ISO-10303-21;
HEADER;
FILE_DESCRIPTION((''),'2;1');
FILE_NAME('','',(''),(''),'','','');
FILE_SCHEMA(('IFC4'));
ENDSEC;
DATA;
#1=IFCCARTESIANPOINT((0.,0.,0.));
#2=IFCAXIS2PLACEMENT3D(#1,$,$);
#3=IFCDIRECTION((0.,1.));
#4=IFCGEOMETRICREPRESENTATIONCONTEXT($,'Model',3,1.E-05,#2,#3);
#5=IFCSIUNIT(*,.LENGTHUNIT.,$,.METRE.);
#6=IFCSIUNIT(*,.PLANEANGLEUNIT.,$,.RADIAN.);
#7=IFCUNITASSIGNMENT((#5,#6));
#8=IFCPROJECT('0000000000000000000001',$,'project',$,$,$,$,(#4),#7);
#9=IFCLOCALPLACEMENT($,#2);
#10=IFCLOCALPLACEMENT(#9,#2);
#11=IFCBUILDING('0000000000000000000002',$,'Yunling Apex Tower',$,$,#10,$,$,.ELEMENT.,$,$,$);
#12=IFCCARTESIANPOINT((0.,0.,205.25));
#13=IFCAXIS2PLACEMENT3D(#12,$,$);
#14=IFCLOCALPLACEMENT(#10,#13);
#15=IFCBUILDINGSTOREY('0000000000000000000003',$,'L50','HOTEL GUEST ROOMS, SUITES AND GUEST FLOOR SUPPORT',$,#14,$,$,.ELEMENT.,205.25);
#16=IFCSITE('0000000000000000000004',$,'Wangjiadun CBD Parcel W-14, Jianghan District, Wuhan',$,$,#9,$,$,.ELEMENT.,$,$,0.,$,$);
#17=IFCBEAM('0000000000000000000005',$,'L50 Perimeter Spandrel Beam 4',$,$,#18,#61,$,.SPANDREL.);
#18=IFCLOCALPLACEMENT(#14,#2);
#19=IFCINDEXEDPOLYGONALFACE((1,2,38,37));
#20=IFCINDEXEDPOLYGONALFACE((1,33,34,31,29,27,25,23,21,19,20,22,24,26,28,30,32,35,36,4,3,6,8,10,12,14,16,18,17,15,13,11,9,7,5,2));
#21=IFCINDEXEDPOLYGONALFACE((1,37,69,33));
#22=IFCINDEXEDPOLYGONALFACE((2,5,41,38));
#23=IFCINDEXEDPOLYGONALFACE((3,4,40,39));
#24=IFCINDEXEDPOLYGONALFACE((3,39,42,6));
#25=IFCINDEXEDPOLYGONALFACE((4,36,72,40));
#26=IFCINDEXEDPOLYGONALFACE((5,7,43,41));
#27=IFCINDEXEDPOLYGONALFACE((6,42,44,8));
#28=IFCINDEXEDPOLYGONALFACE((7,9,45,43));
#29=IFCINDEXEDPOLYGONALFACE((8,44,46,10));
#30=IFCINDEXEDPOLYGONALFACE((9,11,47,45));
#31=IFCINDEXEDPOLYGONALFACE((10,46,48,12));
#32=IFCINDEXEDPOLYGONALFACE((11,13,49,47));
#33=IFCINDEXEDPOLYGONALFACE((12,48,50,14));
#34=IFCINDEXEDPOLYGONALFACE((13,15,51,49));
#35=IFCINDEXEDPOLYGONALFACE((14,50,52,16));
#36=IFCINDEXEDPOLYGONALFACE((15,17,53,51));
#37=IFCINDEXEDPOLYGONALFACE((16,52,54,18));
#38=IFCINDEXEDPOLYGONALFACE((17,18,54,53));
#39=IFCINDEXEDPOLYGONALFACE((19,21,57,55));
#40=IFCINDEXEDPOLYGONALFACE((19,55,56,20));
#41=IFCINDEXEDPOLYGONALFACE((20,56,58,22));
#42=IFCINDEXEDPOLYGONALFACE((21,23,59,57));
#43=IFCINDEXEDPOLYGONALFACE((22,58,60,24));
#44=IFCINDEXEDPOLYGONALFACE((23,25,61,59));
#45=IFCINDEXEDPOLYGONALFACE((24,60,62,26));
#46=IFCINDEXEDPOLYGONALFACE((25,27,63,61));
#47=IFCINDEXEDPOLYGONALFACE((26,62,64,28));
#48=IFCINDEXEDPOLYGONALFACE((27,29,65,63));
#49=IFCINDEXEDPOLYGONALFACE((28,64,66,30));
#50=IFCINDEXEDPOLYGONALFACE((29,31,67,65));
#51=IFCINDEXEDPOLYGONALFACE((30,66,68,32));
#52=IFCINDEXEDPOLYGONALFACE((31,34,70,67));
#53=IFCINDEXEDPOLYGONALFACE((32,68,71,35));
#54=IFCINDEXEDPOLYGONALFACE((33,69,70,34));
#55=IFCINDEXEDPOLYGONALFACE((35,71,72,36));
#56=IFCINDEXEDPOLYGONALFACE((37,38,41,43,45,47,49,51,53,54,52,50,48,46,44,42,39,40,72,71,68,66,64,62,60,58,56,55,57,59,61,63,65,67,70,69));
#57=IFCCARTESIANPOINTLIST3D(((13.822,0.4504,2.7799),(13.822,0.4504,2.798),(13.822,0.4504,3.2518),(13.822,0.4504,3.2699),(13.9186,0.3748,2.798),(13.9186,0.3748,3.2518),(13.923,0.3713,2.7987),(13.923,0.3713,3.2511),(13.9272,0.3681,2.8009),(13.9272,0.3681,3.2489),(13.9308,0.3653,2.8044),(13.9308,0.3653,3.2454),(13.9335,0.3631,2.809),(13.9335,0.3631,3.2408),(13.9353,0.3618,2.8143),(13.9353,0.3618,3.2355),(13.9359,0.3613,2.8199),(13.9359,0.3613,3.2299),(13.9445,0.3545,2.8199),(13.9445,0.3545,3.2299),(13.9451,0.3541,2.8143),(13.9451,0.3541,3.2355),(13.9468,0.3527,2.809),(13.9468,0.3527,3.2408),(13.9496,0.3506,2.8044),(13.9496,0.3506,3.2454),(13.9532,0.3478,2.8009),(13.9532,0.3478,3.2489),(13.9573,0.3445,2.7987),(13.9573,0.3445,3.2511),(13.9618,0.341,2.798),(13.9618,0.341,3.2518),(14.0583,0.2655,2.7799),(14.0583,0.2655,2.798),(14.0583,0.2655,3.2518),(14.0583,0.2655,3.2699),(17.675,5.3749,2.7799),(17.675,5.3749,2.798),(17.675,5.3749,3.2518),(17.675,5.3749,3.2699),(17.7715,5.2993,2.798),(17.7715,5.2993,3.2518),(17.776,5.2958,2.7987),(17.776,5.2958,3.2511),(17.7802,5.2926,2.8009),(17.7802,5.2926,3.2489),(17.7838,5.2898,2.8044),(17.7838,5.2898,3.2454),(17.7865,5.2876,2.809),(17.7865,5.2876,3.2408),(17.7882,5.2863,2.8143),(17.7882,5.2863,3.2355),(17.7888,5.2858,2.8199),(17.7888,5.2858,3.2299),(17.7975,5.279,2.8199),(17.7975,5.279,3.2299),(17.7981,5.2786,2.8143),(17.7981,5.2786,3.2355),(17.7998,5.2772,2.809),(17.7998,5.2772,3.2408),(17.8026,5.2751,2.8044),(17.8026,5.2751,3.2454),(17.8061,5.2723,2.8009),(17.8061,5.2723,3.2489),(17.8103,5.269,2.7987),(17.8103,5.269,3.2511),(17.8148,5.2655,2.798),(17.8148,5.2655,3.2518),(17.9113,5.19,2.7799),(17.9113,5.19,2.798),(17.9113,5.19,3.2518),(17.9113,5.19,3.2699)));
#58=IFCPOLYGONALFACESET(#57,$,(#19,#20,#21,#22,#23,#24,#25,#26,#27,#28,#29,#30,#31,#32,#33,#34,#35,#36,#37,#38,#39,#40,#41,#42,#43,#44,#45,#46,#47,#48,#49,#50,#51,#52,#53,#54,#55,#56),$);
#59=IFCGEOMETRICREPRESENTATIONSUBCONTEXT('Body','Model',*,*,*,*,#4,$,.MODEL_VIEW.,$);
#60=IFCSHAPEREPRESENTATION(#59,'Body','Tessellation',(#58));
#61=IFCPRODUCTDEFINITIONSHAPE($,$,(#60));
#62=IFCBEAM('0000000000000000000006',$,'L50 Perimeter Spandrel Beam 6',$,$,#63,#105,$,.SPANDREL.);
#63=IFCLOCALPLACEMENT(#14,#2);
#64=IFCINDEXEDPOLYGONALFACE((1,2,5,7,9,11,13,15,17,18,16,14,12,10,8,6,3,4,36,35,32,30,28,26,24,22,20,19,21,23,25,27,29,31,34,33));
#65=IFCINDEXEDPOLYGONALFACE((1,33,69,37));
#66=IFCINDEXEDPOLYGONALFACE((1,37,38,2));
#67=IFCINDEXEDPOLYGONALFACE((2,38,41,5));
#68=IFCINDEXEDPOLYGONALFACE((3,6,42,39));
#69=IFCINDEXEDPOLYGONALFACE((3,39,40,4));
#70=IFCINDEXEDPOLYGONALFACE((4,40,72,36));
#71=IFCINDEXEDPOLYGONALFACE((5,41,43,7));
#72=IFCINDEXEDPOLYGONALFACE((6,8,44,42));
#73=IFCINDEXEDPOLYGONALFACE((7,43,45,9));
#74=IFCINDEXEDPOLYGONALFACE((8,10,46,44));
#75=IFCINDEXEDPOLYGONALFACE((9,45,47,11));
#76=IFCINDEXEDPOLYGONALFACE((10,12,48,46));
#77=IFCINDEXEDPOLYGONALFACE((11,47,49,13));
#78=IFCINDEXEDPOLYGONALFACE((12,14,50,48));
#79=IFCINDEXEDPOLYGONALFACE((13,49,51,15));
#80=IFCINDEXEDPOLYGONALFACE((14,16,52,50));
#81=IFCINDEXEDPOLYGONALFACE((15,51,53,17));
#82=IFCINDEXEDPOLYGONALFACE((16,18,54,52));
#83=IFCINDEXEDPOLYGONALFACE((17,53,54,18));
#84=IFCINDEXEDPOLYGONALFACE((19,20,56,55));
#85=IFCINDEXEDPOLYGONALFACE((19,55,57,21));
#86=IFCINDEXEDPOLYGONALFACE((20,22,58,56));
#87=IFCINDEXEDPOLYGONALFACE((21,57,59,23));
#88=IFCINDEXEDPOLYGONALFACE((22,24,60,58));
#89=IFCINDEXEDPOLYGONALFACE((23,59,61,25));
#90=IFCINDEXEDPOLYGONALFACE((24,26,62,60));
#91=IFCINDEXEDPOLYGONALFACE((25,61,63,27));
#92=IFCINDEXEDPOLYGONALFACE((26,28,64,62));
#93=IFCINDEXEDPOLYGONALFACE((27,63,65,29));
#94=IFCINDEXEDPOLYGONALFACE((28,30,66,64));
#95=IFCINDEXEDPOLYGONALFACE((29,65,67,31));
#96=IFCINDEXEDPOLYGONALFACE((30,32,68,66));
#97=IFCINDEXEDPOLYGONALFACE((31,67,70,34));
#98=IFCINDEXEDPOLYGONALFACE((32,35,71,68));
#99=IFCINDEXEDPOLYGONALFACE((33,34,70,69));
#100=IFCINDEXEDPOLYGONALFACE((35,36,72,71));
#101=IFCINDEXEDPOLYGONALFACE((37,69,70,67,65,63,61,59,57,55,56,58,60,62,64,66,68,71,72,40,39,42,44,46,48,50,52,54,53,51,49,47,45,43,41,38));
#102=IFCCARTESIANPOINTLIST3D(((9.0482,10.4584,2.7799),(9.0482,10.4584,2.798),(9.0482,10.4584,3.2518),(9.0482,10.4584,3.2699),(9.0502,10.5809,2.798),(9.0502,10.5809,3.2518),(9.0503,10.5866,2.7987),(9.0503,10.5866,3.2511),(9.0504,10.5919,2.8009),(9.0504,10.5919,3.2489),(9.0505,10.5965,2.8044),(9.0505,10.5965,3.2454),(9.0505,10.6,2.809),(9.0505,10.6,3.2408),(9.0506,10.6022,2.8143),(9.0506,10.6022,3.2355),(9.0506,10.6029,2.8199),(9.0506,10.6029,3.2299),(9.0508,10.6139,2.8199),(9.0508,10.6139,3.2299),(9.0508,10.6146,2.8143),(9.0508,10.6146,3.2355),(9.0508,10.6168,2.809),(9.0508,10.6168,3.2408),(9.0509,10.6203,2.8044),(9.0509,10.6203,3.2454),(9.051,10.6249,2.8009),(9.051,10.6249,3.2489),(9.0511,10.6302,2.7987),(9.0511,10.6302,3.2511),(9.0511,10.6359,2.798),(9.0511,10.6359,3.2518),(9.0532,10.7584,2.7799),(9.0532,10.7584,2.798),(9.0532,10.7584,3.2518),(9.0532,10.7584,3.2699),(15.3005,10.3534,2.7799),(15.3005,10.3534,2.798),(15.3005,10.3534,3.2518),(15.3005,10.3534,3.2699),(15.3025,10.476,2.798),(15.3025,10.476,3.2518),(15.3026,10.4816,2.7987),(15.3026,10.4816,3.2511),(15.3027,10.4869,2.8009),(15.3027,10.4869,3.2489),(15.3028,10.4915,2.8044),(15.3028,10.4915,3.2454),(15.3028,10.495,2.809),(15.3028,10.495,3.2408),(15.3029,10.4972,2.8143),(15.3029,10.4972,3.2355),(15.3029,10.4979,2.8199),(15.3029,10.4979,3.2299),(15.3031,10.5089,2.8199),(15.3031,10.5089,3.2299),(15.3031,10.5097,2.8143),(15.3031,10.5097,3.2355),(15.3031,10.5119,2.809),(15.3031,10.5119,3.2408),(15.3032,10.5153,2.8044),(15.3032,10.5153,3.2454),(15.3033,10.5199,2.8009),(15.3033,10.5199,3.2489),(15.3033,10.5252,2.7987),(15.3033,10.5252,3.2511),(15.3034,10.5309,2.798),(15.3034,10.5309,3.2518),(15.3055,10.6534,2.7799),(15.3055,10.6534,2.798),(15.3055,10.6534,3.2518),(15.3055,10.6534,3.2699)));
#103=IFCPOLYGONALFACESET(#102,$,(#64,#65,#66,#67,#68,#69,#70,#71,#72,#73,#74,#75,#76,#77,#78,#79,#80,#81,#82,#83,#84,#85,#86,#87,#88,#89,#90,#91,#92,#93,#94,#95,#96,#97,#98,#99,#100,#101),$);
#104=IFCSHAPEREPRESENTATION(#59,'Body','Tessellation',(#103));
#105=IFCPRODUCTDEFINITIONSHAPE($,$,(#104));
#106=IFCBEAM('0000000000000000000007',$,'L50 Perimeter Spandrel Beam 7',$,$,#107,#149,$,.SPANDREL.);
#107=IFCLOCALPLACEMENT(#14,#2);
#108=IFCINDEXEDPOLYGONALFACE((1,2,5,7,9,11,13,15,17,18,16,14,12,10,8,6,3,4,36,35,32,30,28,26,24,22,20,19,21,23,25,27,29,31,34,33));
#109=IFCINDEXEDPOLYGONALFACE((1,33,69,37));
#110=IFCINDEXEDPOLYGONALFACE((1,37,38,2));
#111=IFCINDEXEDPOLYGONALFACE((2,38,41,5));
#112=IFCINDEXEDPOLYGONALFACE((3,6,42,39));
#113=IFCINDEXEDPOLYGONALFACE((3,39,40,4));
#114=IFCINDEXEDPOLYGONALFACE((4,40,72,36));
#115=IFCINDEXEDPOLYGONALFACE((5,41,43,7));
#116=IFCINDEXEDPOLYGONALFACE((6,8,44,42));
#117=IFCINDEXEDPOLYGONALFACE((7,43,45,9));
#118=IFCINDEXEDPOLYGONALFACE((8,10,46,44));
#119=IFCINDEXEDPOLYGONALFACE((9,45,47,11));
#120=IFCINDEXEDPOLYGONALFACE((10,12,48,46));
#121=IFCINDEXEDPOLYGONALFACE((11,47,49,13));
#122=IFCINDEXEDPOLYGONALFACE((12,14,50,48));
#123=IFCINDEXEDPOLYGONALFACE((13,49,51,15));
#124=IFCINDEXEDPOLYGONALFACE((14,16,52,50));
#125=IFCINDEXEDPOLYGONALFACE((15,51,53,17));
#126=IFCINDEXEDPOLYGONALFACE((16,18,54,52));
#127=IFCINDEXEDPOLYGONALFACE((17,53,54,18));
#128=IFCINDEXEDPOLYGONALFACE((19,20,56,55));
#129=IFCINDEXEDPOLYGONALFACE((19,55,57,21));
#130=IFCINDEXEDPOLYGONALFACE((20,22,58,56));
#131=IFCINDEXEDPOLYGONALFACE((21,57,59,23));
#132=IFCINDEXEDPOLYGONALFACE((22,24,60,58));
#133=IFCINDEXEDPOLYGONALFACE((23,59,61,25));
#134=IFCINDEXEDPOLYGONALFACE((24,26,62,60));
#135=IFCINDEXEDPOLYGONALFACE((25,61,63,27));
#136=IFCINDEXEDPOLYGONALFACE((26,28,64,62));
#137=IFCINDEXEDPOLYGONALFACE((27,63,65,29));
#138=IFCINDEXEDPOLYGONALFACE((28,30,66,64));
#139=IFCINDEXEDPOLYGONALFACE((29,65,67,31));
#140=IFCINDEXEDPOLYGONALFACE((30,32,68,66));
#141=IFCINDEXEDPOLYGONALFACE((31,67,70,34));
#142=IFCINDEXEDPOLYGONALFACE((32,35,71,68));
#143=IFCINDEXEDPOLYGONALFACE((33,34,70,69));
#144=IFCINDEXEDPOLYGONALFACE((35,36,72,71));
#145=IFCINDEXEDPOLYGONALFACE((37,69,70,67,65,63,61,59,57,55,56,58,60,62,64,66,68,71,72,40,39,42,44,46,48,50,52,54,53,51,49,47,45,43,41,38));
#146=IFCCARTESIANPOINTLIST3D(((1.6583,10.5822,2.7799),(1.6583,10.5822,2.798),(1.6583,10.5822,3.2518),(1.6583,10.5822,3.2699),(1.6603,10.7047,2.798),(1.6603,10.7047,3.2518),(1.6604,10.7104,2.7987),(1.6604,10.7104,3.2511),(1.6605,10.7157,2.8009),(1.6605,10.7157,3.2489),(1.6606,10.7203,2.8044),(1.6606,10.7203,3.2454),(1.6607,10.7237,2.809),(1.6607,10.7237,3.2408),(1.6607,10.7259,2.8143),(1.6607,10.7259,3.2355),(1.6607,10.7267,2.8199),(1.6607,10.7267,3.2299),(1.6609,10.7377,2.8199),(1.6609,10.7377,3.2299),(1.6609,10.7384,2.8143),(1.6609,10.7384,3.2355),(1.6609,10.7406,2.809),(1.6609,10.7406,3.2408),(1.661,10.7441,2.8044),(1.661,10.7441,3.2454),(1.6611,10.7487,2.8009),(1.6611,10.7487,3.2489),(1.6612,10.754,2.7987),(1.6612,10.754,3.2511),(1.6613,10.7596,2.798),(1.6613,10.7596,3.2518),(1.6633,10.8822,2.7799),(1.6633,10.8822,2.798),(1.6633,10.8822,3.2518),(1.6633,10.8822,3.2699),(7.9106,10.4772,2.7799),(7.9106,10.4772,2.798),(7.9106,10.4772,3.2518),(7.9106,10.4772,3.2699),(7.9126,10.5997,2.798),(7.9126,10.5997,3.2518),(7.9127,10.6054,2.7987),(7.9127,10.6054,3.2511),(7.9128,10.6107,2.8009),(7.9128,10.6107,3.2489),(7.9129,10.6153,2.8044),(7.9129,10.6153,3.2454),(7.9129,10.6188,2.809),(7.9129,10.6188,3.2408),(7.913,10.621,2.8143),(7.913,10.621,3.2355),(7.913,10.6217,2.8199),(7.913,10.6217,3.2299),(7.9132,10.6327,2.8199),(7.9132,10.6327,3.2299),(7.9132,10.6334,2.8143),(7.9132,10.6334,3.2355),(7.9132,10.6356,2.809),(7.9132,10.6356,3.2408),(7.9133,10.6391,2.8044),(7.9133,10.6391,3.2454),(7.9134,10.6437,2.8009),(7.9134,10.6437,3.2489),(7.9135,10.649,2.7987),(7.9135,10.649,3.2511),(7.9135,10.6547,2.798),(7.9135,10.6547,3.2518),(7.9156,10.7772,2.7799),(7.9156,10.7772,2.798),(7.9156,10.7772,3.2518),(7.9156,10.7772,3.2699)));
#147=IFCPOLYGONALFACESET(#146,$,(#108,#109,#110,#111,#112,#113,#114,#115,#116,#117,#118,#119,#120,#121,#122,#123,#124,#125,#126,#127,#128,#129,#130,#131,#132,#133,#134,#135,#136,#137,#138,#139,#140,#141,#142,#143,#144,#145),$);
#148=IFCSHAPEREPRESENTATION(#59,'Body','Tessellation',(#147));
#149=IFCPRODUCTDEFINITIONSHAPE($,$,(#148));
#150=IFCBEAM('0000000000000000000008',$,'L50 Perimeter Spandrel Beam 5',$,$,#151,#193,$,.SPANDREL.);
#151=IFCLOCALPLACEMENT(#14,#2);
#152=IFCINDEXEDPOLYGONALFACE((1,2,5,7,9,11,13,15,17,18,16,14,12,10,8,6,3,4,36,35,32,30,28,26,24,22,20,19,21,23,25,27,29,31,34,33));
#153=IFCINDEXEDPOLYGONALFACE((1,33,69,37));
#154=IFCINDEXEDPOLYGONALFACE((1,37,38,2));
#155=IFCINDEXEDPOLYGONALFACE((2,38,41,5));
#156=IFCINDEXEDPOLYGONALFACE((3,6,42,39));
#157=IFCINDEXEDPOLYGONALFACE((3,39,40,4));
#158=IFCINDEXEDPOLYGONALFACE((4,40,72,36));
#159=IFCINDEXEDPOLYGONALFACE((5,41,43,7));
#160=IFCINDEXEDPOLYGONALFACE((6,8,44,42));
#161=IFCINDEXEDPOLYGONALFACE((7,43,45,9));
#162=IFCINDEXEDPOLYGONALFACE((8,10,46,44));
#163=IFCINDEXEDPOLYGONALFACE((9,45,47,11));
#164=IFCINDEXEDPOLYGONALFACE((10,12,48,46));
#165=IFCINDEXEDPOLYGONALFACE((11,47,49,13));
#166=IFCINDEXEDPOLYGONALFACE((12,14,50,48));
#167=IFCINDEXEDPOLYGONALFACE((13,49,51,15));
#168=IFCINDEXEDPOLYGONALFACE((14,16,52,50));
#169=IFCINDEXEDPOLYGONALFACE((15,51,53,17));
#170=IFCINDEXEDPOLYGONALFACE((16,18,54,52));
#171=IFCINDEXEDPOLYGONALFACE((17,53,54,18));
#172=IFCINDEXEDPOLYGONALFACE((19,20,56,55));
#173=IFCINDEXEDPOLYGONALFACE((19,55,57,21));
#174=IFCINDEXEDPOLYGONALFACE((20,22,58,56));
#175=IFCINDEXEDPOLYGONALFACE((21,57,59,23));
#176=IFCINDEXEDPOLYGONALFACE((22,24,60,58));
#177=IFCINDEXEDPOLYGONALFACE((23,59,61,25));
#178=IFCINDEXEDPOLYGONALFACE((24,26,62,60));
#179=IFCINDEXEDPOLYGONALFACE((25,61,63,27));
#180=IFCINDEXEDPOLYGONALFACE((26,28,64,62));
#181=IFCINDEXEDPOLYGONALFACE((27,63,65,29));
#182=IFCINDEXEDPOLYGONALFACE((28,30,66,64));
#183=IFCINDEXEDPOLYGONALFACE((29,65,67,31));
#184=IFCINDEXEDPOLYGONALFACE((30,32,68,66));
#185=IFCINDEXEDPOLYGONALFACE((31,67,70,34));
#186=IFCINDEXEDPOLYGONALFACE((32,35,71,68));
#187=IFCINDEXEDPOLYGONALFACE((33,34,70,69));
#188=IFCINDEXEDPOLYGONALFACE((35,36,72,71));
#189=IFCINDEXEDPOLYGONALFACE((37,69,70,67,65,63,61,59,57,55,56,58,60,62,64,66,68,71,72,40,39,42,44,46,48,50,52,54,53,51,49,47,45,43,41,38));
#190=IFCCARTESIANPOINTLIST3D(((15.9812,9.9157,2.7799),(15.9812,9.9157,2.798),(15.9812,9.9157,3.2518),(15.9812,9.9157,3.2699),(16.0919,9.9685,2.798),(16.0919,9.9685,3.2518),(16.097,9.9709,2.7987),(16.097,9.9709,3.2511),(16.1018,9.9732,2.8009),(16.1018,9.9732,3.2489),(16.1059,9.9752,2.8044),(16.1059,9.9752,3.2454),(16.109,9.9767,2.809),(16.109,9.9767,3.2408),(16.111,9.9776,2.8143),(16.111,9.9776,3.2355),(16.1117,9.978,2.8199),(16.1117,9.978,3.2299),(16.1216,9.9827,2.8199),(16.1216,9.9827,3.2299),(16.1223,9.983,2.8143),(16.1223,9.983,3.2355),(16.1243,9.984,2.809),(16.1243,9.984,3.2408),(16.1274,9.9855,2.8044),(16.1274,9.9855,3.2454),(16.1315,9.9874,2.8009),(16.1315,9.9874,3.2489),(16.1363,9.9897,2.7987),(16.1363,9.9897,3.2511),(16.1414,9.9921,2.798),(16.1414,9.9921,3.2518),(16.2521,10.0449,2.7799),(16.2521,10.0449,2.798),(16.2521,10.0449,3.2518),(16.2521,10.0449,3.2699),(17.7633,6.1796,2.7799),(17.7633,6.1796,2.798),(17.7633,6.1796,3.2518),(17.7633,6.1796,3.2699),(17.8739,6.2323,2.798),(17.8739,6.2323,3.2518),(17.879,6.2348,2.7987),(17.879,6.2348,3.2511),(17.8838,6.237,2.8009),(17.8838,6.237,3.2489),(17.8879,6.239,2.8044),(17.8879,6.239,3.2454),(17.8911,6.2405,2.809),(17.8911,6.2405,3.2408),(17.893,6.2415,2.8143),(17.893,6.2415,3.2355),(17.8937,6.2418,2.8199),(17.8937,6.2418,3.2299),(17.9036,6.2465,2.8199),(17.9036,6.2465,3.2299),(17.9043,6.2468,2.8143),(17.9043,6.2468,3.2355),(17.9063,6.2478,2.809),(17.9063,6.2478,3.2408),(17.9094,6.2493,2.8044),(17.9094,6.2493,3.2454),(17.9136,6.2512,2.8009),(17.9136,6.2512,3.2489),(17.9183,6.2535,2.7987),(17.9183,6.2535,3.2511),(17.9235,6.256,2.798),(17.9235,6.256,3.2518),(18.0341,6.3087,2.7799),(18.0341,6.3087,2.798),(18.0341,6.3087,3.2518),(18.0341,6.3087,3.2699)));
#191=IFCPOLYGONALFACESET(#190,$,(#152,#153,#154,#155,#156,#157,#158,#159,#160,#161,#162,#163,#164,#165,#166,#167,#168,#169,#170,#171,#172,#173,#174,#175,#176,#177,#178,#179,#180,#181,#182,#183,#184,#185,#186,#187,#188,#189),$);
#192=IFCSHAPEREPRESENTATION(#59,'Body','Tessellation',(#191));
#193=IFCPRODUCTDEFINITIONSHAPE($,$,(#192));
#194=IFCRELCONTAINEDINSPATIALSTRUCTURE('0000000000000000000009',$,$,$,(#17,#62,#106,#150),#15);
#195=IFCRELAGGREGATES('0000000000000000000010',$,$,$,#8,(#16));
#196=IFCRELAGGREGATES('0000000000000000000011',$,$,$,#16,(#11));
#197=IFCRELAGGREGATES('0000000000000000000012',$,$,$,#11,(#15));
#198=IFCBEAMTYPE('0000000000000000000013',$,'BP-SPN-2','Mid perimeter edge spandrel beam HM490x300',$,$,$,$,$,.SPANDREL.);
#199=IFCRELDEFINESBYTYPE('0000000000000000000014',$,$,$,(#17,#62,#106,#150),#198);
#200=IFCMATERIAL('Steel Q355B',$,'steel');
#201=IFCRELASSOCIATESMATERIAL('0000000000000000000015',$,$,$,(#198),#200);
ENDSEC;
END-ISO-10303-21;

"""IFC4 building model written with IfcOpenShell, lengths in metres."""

from ifc_helpers import new_model, si_unit, direction, frame, origin, origin_2d, place, context, subcontext, project, spatial, i_section, extrude, source, transform, mapped, material, material_profile, profile_set, type_object, element, save


model = new_model("IFC4")

# Units and contexts
model_context = context("Model", 3, precision=1e-05, world=origin(), true_north=direction((0.0, 1.0)))
body_context = subcontext(model_context, "Body", "Model", "MODEL_VIEW")
ifc_project = project(units=[si_unit("LENGTHUNIT", "METRE"), si_unit("PLANEANGLEUNIT", "RADIAN")], contexts=[model_context])

# Site, building, storey
site_placement = place(None, origin())
site = spatial("IfcSite", under=ifc_project, at=site_placement, Name="Wangjiadun CBD Parcel W-14, Jianghan District, Wuhan", CompositionType="ELEMENT", RefElevation=0.0)
building_placement = place(site_placement, origin())
building = spatial("IfcBuilding", under=site, at=building_placement, Name="Yunling Apex Tower", CompositionType="ELEMENT")
storey_placement = place(building_placement, frame((0.0, 0.0, 205.25)))
storey = spatial("IfcBuildingStorey", under=building, at=storey_placement, Name="L50", Description="HOTEL GUEST ROOMS, SUITES AND GUEST FLOOR SUPPORT", CompositionType="ELEMENT", Elevation=205.25)

# Beams
ifc_material_1 = material(Name="Steel Q355B", Category="steel")
ifc_material_profile_1 = material_profile(ifc_material_1, i_section(OverallWidth=0.3, OverallDepth=0.49, WebThickness=0.011, FlangeThickness=0.0181, FilletRadius=0.022, at=origin_2d()))
ifc_profile_set_1 = profile_set([ifc_material_profile_1], Name="Steel Q355B")
beam_type_1 = type_object("IfcBeamType", Name="BP-SPN-2", Description="Mid perimeter edge spandrel beam HM490x300", PredefinedType="SPANDREL", material=ifc_profile_set_1)
shared_shape_1 = source(origin(), body_context, "Body", "SweptSolid", [
    extrude(i_section(OverallWidth=0.3, OverallDepth=0.49, WebThickness=0.011, FlangeThickness=0.0181, FilletRadius=0.022, at=origin_2d()), origin(), (0.0, 0.0, 1.0), 6.2527),
])
beam_1_placement = place(storey_placement, frame((13.9402, 0.3579, 3.0249), z_axis=(0.616211, 0.787581, 0.0), x_axis=(-0.787581, 0.616211, 0.0)))
element("IfcBeam", 1, at=beam_1_placement, inside=storey, type_object=beam_type_1, Name="L50 Perimeter Spandrel Beam 4", PredefinedType="SPANDREL", context=body_context, shape_type="MappedRepresentation", body=[
    mapped(shared_shape_1, transform((0.0, 0.0, 0.0), scale=1.0)),
])
shared_shape_2 = source(origin(), body_context, "Body", "SweptSolid", [
    extrude(i_section(OverallWidth=0.3, OverallDepth=0.49, WebThickness=0.011, FlangeThickness=0.0181, FilletRadius=0.022, at=origin_2d()), origin(), (0.0, 0.0, 1.0), 6.2532),
])
for number, where, z_axis, x_axis, name in (
    (2, (15.303, 10.5034, 3.0249), (-0.999859, 0.016789, 0.0), (-0.016789, -0.999859, 0.0), "L50 Perimeter Spandrel Beam 6"),
    (3, (7.9131, 10.6272, 3.0249), (-0.999859, 0.016789, 0.0), (-0.016789, -0.999859, 0.0), "L50 Perimeter Spandrel Beam 7"),
):
    element("IfcBeam", number, at=place(storey_placement, frame(where, z_axis=z_axis, x_axis=x_axis)), inside=storey, type_object=beam_type_1, Name=name, PredefinedType="SPANDREL", context=body_context, shape_type="MappedRepresentation", body=[
        mapped(shared_shape_2, transform((0.0, 0.0, 0.0), scale=1.0)),
    ])
shared_shape_3 = source(origin(), body_context, "Body", "SweptSolid", [
    extrude(i_section(OverallWidth=0.3, OverallDepth=0.49, WebThickness=0.011, FlangeThickness=0.0181, FilletRadius=0.022, at=origin_2d()), origin(), (0.0, 0.0, 1.0), 4.1394),
])
beam_2_placement = place(storey_placement, frame((17.8987, 6.2441, 3.0249), z_axis=(-0.430504, 0.902589, 0.0), x_axis=(-0.902589, -0.430504, 0.0)))
element("IfcBeam", 4, at=beam_2_placement, inside=storey, type_object=beam_type_1, Name="L50 Perimeter Spandrel Beam 5", PredefinedType="SPANDREL", context=body_context, shape_type="MappedRepresentation", body=[
    mapped(shared_shape_3, transform((0.0, 0.0, 0.0), scale=1.0)),
])

save(model, "model.ifc")
